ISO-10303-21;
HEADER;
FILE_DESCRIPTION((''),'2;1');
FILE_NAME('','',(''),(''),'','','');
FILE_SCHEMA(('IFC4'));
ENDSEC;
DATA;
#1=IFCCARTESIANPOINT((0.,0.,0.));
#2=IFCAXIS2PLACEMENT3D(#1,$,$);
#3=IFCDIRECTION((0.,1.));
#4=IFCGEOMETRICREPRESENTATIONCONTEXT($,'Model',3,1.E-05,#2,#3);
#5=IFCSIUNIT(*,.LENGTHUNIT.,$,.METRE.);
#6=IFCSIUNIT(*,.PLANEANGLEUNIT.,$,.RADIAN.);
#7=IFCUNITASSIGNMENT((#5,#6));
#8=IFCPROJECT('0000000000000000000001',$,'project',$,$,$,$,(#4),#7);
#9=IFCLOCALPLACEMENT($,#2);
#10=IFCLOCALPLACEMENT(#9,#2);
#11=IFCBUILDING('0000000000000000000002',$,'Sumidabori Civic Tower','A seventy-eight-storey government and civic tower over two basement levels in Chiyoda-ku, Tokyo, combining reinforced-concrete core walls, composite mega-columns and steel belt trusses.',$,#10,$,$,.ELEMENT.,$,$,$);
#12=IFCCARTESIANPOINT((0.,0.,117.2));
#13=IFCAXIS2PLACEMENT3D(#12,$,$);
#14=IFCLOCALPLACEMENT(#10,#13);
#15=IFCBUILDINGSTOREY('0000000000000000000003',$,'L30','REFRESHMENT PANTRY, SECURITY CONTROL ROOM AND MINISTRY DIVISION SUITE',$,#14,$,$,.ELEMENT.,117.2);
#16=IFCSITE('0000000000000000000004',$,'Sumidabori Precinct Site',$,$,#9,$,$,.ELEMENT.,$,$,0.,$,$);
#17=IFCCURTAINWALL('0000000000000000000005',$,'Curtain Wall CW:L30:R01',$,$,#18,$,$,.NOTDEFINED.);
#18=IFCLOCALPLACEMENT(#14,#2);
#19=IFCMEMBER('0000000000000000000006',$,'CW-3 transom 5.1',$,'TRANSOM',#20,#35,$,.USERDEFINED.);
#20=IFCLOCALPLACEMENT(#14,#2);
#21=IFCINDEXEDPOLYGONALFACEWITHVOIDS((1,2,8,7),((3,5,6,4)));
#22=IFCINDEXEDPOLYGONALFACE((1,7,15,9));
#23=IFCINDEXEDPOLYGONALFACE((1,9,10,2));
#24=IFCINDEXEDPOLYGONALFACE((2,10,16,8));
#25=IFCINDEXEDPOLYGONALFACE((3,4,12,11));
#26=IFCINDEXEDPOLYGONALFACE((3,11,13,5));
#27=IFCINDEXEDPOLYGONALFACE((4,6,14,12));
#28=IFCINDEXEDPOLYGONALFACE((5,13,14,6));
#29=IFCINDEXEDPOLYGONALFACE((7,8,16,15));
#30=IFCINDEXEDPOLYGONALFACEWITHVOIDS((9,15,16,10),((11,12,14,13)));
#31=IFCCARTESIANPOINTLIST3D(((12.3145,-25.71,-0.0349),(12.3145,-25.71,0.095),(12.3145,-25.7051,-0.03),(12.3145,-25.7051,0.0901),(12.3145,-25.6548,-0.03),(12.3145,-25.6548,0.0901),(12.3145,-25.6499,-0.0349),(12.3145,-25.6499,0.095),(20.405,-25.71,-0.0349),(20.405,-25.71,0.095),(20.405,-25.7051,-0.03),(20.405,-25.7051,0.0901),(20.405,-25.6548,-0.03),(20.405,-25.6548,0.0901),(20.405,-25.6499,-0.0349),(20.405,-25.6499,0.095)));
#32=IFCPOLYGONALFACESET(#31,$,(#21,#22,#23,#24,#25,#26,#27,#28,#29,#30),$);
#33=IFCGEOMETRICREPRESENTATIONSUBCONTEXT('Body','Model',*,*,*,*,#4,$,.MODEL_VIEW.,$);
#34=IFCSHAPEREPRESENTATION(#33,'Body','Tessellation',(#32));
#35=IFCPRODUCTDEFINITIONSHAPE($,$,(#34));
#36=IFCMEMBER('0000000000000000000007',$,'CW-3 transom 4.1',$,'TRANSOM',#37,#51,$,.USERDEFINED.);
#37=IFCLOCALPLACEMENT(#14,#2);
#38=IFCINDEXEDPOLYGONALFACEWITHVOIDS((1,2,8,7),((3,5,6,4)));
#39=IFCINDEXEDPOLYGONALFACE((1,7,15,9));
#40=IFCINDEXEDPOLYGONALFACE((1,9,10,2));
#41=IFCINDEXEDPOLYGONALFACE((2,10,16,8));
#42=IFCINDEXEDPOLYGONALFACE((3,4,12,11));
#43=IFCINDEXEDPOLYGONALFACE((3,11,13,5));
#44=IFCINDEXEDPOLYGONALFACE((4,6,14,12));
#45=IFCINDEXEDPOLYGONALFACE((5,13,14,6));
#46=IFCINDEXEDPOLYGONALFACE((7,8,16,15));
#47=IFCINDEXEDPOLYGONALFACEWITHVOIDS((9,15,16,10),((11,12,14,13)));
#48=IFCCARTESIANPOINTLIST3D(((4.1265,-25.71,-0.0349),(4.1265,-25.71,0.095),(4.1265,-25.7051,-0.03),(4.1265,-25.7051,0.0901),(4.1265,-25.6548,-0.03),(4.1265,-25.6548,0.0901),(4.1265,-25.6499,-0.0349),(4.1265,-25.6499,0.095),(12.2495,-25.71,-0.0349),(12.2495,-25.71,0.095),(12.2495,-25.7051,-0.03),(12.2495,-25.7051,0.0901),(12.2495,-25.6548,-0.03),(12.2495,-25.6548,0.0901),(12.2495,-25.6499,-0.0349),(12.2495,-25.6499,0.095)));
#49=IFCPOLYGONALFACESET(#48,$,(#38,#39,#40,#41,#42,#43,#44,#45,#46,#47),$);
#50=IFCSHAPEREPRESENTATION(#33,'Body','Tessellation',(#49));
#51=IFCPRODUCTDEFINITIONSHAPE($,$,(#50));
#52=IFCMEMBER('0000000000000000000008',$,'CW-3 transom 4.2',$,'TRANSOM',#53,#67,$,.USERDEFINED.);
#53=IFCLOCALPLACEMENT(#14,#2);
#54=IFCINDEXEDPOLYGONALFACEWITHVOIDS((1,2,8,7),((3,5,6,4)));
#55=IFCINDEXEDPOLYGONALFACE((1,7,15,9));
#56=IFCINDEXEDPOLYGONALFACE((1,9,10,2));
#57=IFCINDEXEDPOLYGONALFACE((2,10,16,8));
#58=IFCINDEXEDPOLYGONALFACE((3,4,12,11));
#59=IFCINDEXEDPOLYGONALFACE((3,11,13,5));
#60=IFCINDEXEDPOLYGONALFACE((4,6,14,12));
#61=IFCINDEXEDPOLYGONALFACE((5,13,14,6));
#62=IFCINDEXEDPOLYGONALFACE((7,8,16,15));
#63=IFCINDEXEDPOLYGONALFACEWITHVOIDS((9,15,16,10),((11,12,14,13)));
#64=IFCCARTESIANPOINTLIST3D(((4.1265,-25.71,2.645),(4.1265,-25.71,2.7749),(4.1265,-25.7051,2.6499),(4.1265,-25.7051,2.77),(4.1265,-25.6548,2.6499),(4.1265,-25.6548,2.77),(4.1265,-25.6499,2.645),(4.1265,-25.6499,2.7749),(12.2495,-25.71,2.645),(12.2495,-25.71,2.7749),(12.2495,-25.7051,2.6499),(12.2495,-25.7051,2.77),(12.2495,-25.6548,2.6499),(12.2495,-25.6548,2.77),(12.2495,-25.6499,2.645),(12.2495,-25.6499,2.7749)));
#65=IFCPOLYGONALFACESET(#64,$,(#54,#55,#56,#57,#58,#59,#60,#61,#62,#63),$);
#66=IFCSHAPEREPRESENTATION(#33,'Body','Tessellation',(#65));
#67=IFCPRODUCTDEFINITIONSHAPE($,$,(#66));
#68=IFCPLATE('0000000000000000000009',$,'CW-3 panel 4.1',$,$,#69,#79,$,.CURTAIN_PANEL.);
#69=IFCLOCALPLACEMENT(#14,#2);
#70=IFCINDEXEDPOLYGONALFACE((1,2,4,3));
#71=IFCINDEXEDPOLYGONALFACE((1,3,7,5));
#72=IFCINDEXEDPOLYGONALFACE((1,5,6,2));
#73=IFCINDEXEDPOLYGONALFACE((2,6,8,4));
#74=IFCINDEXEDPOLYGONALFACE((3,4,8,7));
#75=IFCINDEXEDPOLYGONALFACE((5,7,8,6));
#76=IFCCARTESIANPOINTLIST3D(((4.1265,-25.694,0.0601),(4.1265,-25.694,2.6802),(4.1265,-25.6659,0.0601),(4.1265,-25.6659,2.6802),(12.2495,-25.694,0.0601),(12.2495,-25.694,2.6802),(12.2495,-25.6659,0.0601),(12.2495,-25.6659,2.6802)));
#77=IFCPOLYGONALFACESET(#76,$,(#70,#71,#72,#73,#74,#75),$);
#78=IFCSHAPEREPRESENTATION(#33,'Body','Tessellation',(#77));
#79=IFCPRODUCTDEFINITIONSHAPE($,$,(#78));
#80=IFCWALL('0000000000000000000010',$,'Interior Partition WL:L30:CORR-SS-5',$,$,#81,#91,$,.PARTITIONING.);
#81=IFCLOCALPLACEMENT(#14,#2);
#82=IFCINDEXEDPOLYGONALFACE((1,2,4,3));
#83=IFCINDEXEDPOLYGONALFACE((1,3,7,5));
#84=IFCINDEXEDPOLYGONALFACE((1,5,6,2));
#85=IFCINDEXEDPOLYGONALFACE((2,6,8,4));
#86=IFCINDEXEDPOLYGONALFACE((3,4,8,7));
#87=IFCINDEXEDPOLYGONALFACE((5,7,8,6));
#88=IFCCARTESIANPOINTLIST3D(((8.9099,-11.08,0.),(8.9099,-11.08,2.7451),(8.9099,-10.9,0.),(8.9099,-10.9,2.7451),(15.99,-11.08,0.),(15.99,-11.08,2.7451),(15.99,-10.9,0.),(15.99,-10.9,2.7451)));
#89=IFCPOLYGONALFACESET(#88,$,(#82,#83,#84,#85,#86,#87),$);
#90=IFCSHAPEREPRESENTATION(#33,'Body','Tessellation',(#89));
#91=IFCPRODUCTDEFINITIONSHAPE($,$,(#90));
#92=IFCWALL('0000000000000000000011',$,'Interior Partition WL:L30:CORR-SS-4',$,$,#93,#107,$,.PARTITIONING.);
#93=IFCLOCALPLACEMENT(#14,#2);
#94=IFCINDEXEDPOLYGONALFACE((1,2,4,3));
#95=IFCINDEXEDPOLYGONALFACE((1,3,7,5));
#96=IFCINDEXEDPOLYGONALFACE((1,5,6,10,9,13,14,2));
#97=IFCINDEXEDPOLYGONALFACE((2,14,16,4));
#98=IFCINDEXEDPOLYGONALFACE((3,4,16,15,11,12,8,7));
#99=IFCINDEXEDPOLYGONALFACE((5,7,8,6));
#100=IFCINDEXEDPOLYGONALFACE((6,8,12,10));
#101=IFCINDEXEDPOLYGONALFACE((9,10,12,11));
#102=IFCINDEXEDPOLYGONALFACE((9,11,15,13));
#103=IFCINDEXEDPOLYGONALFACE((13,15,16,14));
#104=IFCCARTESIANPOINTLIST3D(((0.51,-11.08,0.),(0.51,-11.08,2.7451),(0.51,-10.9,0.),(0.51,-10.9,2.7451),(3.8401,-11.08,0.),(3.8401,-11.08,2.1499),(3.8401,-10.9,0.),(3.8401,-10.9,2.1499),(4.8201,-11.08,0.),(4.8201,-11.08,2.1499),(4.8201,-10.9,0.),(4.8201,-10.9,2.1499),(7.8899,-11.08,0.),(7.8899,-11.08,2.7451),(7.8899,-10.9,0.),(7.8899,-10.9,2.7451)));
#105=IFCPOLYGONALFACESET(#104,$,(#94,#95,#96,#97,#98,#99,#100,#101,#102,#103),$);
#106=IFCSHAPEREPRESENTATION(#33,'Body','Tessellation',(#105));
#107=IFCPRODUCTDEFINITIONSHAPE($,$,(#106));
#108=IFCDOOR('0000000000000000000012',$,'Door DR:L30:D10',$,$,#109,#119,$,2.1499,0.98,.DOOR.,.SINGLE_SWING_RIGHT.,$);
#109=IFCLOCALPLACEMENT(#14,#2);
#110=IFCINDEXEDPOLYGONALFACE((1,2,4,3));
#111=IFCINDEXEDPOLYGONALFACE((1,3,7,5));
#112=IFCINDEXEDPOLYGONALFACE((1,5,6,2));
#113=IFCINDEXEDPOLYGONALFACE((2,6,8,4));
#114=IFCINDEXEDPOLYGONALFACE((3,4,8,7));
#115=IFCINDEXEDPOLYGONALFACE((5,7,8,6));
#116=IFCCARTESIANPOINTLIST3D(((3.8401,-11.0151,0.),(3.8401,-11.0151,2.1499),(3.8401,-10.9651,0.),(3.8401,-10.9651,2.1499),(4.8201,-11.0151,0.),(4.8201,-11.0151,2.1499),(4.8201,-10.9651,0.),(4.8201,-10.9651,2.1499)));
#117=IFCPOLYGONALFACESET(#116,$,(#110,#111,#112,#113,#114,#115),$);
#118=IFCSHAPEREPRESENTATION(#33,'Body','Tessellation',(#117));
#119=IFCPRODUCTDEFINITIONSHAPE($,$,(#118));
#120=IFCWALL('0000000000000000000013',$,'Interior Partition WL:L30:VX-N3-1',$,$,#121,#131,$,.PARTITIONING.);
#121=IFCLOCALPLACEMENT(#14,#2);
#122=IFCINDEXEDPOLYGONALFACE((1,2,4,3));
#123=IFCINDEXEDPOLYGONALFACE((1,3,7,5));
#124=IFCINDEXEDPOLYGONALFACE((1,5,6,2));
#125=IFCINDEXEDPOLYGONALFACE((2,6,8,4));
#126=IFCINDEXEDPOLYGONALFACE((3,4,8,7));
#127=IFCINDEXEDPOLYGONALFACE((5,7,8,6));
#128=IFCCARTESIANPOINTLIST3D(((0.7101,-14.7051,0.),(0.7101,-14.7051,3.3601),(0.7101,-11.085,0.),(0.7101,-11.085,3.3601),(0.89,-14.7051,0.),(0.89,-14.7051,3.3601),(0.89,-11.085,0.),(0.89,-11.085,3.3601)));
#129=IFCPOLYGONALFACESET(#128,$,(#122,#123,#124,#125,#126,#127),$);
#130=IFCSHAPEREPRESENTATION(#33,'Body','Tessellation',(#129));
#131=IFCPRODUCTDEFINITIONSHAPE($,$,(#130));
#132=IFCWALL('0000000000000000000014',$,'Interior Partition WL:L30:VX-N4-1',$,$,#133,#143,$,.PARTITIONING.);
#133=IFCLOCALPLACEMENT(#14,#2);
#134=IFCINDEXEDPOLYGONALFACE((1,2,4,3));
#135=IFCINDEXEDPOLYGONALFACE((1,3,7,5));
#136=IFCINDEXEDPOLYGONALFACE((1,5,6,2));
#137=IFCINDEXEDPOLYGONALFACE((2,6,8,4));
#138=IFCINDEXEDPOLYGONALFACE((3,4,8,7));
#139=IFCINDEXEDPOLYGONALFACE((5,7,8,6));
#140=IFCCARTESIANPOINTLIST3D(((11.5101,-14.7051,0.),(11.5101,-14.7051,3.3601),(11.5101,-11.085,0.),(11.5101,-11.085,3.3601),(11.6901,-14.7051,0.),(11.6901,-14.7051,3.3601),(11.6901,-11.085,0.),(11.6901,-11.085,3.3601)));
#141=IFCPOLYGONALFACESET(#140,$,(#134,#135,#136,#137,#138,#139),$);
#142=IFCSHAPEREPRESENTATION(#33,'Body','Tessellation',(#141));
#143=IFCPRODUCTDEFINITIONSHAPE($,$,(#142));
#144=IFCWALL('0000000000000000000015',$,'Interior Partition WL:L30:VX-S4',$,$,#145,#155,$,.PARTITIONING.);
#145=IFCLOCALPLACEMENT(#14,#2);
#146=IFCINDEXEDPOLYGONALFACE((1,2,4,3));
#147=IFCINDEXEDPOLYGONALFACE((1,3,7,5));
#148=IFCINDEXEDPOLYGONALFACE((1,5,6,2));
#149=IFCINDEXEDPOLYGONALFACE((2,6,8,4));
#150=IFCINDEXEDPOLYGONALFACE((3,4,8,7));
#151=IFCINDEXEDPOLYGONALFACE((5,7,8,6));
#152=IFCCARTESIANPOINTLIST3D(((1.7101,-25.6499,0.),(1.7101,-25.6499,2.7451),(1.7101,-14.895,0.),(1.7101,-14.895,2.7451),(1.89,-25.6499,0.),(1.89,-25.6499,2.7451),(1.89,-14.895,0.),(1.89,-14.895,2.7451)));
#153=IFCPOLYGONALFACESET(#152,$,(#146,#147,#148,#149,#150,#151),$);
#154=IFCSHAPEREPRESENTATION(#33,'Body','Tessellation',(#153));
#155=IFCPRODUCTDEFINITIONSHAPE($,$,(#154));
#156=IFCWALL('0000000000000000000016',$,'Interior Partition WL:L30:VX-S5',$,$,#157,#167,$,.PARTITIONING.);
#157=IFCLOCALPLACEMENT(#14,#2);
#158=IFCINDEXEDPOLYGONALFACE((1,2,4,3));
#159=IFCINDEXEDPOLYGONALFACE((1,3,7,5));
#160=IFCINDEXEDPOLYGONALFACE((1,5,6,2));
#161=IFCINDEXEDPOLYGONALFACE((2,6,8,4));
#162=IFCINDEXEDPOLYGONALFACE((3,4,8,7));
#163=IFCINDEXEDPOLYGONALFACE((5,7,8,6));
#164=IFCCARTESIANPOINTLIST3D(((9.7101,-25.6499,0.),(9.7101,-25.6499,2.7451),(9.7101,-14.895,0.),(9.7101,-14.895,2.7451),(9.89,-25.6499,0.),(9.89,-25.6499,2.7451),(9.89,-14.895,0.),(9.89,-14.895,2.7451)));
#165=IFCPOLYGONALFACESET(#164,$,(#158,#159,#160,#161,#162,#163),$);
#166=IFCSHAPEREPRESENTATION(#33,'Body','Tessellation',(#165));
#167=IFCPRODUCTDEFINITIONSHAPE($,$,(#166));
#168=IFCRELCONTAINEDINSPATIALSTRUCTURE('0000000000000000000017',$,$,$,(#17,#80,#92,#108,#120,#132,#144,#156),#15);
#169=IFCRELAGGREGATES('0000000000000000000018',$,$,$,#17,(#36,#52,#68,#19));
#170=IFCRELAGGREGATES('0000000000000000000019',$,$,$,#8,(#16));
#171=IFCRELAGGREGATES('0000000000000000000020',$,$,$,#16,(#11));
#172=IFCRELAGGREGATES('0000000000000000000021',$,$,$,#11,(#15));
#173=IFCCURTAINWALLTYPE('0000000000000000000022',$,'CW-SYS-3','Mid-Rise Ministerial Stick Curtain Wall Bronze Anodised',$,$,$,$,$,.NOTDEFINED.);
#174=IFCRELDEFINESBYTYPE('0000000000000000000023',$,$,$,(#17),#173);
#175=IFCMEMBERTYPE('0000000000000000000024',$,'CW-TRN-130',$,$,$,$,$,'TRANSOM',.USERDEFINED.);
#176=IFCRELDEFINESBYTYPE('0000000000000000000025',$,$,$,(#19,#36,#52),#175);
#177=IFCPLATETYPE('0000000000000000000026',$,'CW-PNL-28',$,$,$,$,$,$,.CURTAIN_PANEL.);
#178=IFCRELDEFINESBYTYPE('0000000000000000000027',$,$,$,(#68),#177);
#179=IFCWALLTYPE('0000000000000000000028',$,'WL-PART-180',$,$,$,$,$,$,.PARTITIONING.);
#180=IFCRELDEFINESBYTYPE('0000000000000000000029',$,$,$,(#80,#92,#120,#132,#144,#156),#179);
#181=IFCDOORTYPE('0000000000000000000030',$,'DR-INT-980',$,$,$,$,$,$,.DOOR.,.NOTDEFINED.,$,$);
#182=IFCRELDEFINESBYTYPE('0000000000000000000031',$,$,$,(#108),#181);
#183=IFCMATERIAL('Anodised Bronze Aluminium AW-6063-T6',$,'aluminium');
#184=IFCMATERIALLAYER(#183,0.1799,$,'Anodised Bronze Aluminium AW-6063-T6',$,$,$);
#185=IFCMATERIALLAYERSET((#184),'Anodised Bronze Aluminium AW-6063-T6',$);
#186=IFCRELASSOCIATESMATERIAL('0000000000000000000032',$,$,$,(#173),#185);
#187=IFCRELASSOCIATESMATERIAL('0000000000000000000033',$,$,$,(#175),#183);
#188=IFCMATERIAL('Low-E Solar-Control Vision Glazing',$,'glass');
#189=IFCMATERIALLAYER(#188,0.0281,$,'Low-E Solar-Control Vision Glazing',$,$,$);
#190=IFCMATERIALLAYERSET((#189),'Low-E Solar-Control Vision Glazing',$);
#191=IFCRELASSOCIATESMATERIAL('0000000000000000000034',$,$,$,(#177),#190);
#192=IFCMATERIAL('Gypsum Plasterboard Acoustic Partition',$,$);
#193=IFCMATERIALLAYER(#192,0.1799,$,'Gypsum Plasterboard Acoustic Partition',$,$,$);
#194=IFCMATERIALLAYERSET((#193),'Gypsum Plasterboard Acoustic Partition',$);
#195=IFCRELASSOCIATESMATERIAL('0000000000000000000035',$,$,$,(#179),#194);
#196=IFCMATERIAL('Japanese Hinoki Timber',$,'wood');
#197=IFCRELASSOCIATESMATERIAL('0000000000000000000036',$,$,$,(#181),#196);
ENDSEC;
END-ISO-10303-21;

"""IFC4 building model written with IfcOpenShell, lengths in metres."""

from ifc_helpers import new_model, si_unit, direction, frame, frame_2d, origin, origin_2d, place, context, subcontext, project, spatial, rectangle, hollow_rectangle, extrude, source, transform, mapped, material, layer, layer_set, material_profile, profile_set, type_object, element, fill, aggregate, save


model = new_model("IFC4")

# Units and contexts
model_context = context("Model", 3, precision=1e-05, world=origin(), true_north=direction((0.0, 1.0)))
body_context = subcontext(model_context, "Body", "Model", "MODEL_VIEW")
ifc_project = project(units=[si_unit("LENGTHUNIT", "METRE"), si_unit("PLANEANGLEUNIT", "RADIAN")], contexts=[model_context])

# Site, building, storey
site_placement = place(None, origin())
site = spatial("IfcSite", under=ifc_project, at=site_placement, Name="Sumidabori Precinct Site", CompositionType="ELEMENT", RefElevation=0.0)
building_placement = place(site_placement, origin())
building = spatial("IfcBuilding", under=site, at=building_placement, Name="Sumidabori Civic Tower", Description="A seventy-eight-storey government and civic tower over two basement levels in Chiyoda-ku, Tokyo, combining reinforced-concrete core walls, composite mega-columns and steel belt trusses.", CompositionType="ELEMENT")
storey_placement = place(building_placement, frame((0.0, 0.0, 117.2)))
storey = spatial("IfcBuildingStorey", under=building, at=storey_placement, Name="L30", Description="REFRESHMENT PANTRY, SECURITY CONTROL ROOM AND MINISTRY DIVISION SUITE", CompositionType="ELEMENT", Elevation=117.2)

# Curtain wall, members, plate
ifc_material_1 = material(Name="Anodised Bronze Aluminium AW-6063-T6", Category="aluminium")
ifc_layer_1 = layer(ifc_material_1, 0.1799, Name="Anodised Bronze Aluminium AW-6063-T6")
ifc_layer_set_1 = layer_set([ifc_layer_1], Name="Anodised Bronze Aluminium AW-6063-T6")
curtain_wall_type = type_object("IfcCurtainWallType", Name="CW-SYS-3", Description="Mid-Rise Ministerial Stick Curtain Wall Bronze Anodised", PredefinedType="NOTDEFINED", material=ifc_layer_set_1)
curtain_wall_placement = place(storey_placement, origin())
curtain_wall = element("IfcCurtainWall", 1, at=curtain_wall_placement, inside=storey, type_object=curtain_wall_type, Name="Curtain Wall CW:L30:R01", PredefinedType="NOTDEFINED")
ifc_material_profile_1 = material_profile(ifc_material_1, hollow_rectangle(XDim=0.0601, YDim=0.1299, WallThickness=0.0049, at=origin_2d()), Name="ALU TRANSOM 130x60")
ifc_profile_set_1 = profile_set([ifc_material_profile_1], Name="Anodised Bronze Aluminium AW-6063-T6")
member_type_1 = type_object("IfcMemberType", Name="CW-TRN-130", ElementType="TRANSOM", PredefinedType="USERDEFINED", material=ifc_profile_set_1)
shared_shape_1 = source(origin(), body_context, "Body", "SweptSolid", [
    extrude(hollow_rectangle(XDim=0.0601, YDim=0.1299, WallThickness=0.0049, at=origin_2d()), origin(), (0.0, 0.0, 1.0), 8.0906),
])
member_1_placement = place(storey_placement, frame((12.3145, -25.6799, 0.03), z_axis=(1.0, 0.0, 0.0), x_axis=(0.0, 1.0, 0.0)))
member_1 = element("IfcMember", 2, at=member_1_placement, type_object=member_type_1, Name="CW-3 transom 5.1", ObjectType="TRANSOM", PredefinedType="USERDEFINED", context=body_context, shape_type="MappedRepresentation", body=[
    mapped(shared_shape_1, transform((0.0, 0.0, 0.0), x_axis=(1.0, 0.0, 0.0), y_axis=(0.0, 1.0, 0.0), z_axis=(0.0, 0.0, 1.0), scale=1.0)),
])
shared_shape_2 = source(origin(), body_context, "Body", "SweptSolid", [
    extrude(hollow_rectangle(XDim=0.0601, YDim=0.1299, WallThickness=0.0049, at=origin_2d()), origin(), (0.0, 0.0, 1.0), 8.123),
])
member_2_placement = place(storey_placement, frame((4.1265, -25.6799, 0.03), z_axis=(1.0, 0.0, 0.0), x_axis=(0.0, 1.0, 0.0)))
member_2 = element("IfcMember", 3, at=member_2_placement, type_object=member_type_1, Name="CW-3 transom 4.1", ObjectType="TRANSOM", PredefinedType="USERDEFINED", context=body_context, shape_type="MappedRepresentation", body=[
    mapped(shared_shape_2, transform((0.0, 0.0, 0.0), x_axis=(1.0, 0.0, 0.0), y_axis=(0.0, 1.0, 0.0), z_axis=(0.0, 0.0, 1.0), scale=1.0)),
])
member_3_placement = place(storey_placement, frame((4.1265, -25.6799, 2.71), z_axis=(1.0, 0.0, 0.0), x_axis=(0.0, 1.0, 0.0)))
member_3 = element("IfcMember", 4, at=member_3_placement, type_object=member_type_1, Name="CW-3 transom 4.2", ObjectType="TRANSOM", PredefinedType="USERDEFINED", context=body_context, shape_type="MappedRepresentation", body=[
    mapped(shared_shape_2, transform((0.0, 0.0, 0.0), x_axis=(1.0, 0.0, 0.0), y_axis=(0.0, 1.0, 0.0), z_axis=(0.0, 0.0, 1.0), scale=1.0)),
])
ifc_material_2 = material(Name="Low-E Solar-Control Vision Glazing", Category="glass")
ifc_layer_2 = layer(ifc_material_2, 0.0281, Name="Low-E Solar-Control Vision Glazing")
ifc_layer_set_2 = layer_set([ifc_layer_2], Name="Low-E Solar-Control Vision Glazing")
plate_type = type_object("IfcPlateType", Name="CW-PNL-28", PredefinedType="CURTAIN_PANEL", material=ifc_layer_set_2)
shared_shape_3 = source(origin(), body_context, "Body", "SweptSolid", [
    extrude(rectangle(XDim=8.123, YDim=0.0281, at=origin_2d()), origin(), (0.0, 0.0, 1.0), 2.6201),
])
plate_placement = place(storey_placement, frame((8.188, -25.6799, 0.0601), z_axis=(0.0, 0.0, 1.0), x_axis=(1.0, 0.0, 0.0)))
plate = element("IfcPlate", 5, at=plate_placement, type_object=plate_type, Name="CW-3 panel 4.1", PredefinedType="CURTAIN_PANEL", context=body_context, shape_type="MappedRepresentation", body=[
    mapped(shared_shape_3, transform((0.0, 0.0, 0.0), x_axis=(1.0, 0.0, 0.0), y_axis=(0.0, 1.0, 0.0), z_axis=(0.0, 0.0, 1.0), scale=1.0)),
])
aggregate(curtain_wall, [member_2, member_3, plate, member_1])

# Wall
ifc_material_3 = material(Name="Gypsum Plasterboard Acoustic Partition")
ifc_layer_3 = layer(ifc_material_3, 0.1799, Name="Gypsum Plasterboard Acoustic Partition")
ifc_layer_set_3 = layer_set([ifc_layer_3], Name="Gypsum Plasterboard Acoustic Partition")
wall_type = type_object("IfcWallType", Name="WL-PART-180", PredefinedType="PARTITIONING", material=ifc_layer_set_3)
shared_shape_4 = source(origin(), body_context, "Body", "SweptSolid", [
    extrude(rectangle(XDim=7.0801, YDim=0.1799, at=frame_2d((3.54, 0.0))), origin(), (0.0, 0.0, 1.0), 2.7451),
])
wall_1_placement = place(storey_placement, frame((8.9099, -10.99, 0.0), z_axis=(0.0, 0.0, 1.0), x_axis=(1.0, 0.0, 0.0)))
element("IfcWall", 6, at=wall_1_placement, inside=storey, type_object=wall_type, Name="Interior Partition WL:L30:CORR-SS-5", PredefinedType="PARTITIONING", context=body_context, shape_type="MappedRepresentation", body=[
    mapped(shared_shape_4, transform((0.0, 0.0, 0.0), x_axis=(1.0, 0.0, 0.0), y_axis=(0.0, 1.0, 0.0), z_axis=(0.0, 0.0, 1.0), scale=1.0)),
])

# Wall, opening, door
shared_shape_5 = source(origin(), body_context, "Body", "SweptSolid", [
    extrude(rectangle(XDim=7.3799, YDim=0.1799, at=frame_2d((3.6899, 0.0))), origin(), (0.0, 0.0, 1.0), 2.7451),
])
wall_2_placement = place(storey_placement, frame((0.51, -10.99, 0.0), z_axis=(0.0, 0.0, 1.0), x_axis=(1.0, 0.0, 0.0)))
wall_2 = element("IfcWall", 7, at=wall_2_placement, inside=storey, type_object=wall_type, Name="Interior Partition WL:L30:CORR-SS-4", PredefinedType="PARTITIONING", context=body_context, shape_type="MappedRepresentation", body=[
    mapped(shared_shape_5, transform((0.0, 0.0, 0.0), x_axis=(1.0, 0.0, 0.0), y_axis=(0.0, 1.0, 0.0), z_axis=(0.0, 0.0, 1.0), scale=1.0)),
])
opening_placement = place(wall_2_placement, frame((3.3301, 0.0, 0.0)))
opening = element("IfcOpeningElement", 8, at=opening_placement, cuts=wall_2, PredefinedType="OPENING", context=body_context, shape_type="SweptSolid", body=[
    extrude(rectangle(XDim=0.98, YDim=2.1499, at=frame_2d((0.49, 1.075))), frame((0.0, 0.1021, 0.0), z_axis=(0.0, -1.0, 0.0), x_axis=(1.0, 0.0, 0.0)), (0.0, 0.0, 1.0), 0.2039),
])
ifc_material_4 = material(Name="Japanese Hinoki Timber", Category="wood")
door_type = type_object("IfcDoorType", Name="DR-INT-980", OperationType="NOTDEFINED", PredefinedType="DOOR", material=ifc_material_4)
shared_shape_6 = source(origin(), body_context, "Body", "SweptSolid", [
    extrude(rectangle(XDim=0.98, YDim=2.1499, at=frame_2d((0.49, 1.075))), frame((0.0, 0.0249, 0.0), z_axis=(0.0, -1.0, 0.0), x_axis=(1.0, 0.0, 0.0)), (0.0, 0.0, 1.0), 0.05),
])
door_placement = place(opening_placement, origin())
door = element("IfcDoor", 9, at=door_placement, inside=storey, type_object=door_type, Name="Door DR:L30:D10", OperationType="SINGLE_SWING_RIGHT", OverallHeight=2.1499, OverallWidth=0.98, PredefinedType="DOOR", context=body_context, shape_type="MappedRepresentation", body=[
    mapped(shared_shape_6, transform((0.0, 0.0, 0.0), x_axis=(1.0, 0.0, 0.0), y_axis=(0.0, 1.0, 0.0), z_axis=(0.0, 0.0, 1.0), scale=1.0)),
])
fill(opening, door)

# Walls
shared_shape_7 = source(origin(), body_context, "Body", "SweptSolid", [
    extrude(rectangle(XDim=3.6201, YDim=0.1799, at=frame_2d((1.8101, 0.0))), origin(), (0.0, 0.0, 1.0), 3.3601),
])
for number, where, z_axis, x_axis, name in (
    (10, (0.8, -14.7051, 0.0), (0.0, 0.0, 1.0), (0.0, 1.0, 0.0), "Interior Partition WL:L30:VX-N3-1"),
    (11, (11.6001, -14.7051, 0.0), (0.0, 0.0, 1.0), (0.0, 1.0, 0.0), "Interior Partition WL:L30:VX-N4-1"),
):
    element("IfcWall", number, at=place(storey_placement, frame(where, z_axis=z_axis, x_axis=x_axis)), inside=storey, type_object=wall_type, Name=name, PredefinedType="PARTITIONING", context=body_context, shape_type="MappedRepresentation", body=[
        mapped(shared_shape_7, transform((0.0, 0.0, 0.0), x_axis=(1.0, 0.0, 0.0), y_axis=(0.0, 1.0, 0.0), z_axis=(0.0, 0.0, 1.0), scale=1.0)),
    ])
shared_shape_8 = source(origin(), body_context, "Body", "SweptSolid", [
    extrude(rectangle(XDim=10.7549, YDim=0.1799, at=frame_2d((5.3774, 0.0))), origin(), (0.0, 0.0, 1.0), 2.7451),
])
for number, where, z_axis, x_axis, name in (
    (12, (1.8, -25.6499, 0.0), (0.0, 0.0, 1.0), (0.0, 1.0, 0.0), "Interior Partition WL:L30:VX-S4"),
    (13, (9.8, -25.6499, 0.0), (0.0, 0.0, 1.0), (0.0, 1.0, 0.0), "Interior Partition WL:L30:VX-S5"),
):
    element("IfcWall", number, at=place(storey_placement, frame(where, z_axis=z_axis, x_axis=x_axis)), inside=storey, type_object=wall_type, Name=name, PredefinedType="PARTITIONING", context=body_context, shape_type="MappedRepresentation", body=[
        mapped(shared_shape_8, transform((0.0, 0.0, 0.0), x_axis=(1.0, 0.0, 0.0), y_axis=(0.0, 1.0, 0.0), z_axis=(0.0, 0.0, 1.0), scale=1.0)),
    ])

save(model, "model.ifc")
